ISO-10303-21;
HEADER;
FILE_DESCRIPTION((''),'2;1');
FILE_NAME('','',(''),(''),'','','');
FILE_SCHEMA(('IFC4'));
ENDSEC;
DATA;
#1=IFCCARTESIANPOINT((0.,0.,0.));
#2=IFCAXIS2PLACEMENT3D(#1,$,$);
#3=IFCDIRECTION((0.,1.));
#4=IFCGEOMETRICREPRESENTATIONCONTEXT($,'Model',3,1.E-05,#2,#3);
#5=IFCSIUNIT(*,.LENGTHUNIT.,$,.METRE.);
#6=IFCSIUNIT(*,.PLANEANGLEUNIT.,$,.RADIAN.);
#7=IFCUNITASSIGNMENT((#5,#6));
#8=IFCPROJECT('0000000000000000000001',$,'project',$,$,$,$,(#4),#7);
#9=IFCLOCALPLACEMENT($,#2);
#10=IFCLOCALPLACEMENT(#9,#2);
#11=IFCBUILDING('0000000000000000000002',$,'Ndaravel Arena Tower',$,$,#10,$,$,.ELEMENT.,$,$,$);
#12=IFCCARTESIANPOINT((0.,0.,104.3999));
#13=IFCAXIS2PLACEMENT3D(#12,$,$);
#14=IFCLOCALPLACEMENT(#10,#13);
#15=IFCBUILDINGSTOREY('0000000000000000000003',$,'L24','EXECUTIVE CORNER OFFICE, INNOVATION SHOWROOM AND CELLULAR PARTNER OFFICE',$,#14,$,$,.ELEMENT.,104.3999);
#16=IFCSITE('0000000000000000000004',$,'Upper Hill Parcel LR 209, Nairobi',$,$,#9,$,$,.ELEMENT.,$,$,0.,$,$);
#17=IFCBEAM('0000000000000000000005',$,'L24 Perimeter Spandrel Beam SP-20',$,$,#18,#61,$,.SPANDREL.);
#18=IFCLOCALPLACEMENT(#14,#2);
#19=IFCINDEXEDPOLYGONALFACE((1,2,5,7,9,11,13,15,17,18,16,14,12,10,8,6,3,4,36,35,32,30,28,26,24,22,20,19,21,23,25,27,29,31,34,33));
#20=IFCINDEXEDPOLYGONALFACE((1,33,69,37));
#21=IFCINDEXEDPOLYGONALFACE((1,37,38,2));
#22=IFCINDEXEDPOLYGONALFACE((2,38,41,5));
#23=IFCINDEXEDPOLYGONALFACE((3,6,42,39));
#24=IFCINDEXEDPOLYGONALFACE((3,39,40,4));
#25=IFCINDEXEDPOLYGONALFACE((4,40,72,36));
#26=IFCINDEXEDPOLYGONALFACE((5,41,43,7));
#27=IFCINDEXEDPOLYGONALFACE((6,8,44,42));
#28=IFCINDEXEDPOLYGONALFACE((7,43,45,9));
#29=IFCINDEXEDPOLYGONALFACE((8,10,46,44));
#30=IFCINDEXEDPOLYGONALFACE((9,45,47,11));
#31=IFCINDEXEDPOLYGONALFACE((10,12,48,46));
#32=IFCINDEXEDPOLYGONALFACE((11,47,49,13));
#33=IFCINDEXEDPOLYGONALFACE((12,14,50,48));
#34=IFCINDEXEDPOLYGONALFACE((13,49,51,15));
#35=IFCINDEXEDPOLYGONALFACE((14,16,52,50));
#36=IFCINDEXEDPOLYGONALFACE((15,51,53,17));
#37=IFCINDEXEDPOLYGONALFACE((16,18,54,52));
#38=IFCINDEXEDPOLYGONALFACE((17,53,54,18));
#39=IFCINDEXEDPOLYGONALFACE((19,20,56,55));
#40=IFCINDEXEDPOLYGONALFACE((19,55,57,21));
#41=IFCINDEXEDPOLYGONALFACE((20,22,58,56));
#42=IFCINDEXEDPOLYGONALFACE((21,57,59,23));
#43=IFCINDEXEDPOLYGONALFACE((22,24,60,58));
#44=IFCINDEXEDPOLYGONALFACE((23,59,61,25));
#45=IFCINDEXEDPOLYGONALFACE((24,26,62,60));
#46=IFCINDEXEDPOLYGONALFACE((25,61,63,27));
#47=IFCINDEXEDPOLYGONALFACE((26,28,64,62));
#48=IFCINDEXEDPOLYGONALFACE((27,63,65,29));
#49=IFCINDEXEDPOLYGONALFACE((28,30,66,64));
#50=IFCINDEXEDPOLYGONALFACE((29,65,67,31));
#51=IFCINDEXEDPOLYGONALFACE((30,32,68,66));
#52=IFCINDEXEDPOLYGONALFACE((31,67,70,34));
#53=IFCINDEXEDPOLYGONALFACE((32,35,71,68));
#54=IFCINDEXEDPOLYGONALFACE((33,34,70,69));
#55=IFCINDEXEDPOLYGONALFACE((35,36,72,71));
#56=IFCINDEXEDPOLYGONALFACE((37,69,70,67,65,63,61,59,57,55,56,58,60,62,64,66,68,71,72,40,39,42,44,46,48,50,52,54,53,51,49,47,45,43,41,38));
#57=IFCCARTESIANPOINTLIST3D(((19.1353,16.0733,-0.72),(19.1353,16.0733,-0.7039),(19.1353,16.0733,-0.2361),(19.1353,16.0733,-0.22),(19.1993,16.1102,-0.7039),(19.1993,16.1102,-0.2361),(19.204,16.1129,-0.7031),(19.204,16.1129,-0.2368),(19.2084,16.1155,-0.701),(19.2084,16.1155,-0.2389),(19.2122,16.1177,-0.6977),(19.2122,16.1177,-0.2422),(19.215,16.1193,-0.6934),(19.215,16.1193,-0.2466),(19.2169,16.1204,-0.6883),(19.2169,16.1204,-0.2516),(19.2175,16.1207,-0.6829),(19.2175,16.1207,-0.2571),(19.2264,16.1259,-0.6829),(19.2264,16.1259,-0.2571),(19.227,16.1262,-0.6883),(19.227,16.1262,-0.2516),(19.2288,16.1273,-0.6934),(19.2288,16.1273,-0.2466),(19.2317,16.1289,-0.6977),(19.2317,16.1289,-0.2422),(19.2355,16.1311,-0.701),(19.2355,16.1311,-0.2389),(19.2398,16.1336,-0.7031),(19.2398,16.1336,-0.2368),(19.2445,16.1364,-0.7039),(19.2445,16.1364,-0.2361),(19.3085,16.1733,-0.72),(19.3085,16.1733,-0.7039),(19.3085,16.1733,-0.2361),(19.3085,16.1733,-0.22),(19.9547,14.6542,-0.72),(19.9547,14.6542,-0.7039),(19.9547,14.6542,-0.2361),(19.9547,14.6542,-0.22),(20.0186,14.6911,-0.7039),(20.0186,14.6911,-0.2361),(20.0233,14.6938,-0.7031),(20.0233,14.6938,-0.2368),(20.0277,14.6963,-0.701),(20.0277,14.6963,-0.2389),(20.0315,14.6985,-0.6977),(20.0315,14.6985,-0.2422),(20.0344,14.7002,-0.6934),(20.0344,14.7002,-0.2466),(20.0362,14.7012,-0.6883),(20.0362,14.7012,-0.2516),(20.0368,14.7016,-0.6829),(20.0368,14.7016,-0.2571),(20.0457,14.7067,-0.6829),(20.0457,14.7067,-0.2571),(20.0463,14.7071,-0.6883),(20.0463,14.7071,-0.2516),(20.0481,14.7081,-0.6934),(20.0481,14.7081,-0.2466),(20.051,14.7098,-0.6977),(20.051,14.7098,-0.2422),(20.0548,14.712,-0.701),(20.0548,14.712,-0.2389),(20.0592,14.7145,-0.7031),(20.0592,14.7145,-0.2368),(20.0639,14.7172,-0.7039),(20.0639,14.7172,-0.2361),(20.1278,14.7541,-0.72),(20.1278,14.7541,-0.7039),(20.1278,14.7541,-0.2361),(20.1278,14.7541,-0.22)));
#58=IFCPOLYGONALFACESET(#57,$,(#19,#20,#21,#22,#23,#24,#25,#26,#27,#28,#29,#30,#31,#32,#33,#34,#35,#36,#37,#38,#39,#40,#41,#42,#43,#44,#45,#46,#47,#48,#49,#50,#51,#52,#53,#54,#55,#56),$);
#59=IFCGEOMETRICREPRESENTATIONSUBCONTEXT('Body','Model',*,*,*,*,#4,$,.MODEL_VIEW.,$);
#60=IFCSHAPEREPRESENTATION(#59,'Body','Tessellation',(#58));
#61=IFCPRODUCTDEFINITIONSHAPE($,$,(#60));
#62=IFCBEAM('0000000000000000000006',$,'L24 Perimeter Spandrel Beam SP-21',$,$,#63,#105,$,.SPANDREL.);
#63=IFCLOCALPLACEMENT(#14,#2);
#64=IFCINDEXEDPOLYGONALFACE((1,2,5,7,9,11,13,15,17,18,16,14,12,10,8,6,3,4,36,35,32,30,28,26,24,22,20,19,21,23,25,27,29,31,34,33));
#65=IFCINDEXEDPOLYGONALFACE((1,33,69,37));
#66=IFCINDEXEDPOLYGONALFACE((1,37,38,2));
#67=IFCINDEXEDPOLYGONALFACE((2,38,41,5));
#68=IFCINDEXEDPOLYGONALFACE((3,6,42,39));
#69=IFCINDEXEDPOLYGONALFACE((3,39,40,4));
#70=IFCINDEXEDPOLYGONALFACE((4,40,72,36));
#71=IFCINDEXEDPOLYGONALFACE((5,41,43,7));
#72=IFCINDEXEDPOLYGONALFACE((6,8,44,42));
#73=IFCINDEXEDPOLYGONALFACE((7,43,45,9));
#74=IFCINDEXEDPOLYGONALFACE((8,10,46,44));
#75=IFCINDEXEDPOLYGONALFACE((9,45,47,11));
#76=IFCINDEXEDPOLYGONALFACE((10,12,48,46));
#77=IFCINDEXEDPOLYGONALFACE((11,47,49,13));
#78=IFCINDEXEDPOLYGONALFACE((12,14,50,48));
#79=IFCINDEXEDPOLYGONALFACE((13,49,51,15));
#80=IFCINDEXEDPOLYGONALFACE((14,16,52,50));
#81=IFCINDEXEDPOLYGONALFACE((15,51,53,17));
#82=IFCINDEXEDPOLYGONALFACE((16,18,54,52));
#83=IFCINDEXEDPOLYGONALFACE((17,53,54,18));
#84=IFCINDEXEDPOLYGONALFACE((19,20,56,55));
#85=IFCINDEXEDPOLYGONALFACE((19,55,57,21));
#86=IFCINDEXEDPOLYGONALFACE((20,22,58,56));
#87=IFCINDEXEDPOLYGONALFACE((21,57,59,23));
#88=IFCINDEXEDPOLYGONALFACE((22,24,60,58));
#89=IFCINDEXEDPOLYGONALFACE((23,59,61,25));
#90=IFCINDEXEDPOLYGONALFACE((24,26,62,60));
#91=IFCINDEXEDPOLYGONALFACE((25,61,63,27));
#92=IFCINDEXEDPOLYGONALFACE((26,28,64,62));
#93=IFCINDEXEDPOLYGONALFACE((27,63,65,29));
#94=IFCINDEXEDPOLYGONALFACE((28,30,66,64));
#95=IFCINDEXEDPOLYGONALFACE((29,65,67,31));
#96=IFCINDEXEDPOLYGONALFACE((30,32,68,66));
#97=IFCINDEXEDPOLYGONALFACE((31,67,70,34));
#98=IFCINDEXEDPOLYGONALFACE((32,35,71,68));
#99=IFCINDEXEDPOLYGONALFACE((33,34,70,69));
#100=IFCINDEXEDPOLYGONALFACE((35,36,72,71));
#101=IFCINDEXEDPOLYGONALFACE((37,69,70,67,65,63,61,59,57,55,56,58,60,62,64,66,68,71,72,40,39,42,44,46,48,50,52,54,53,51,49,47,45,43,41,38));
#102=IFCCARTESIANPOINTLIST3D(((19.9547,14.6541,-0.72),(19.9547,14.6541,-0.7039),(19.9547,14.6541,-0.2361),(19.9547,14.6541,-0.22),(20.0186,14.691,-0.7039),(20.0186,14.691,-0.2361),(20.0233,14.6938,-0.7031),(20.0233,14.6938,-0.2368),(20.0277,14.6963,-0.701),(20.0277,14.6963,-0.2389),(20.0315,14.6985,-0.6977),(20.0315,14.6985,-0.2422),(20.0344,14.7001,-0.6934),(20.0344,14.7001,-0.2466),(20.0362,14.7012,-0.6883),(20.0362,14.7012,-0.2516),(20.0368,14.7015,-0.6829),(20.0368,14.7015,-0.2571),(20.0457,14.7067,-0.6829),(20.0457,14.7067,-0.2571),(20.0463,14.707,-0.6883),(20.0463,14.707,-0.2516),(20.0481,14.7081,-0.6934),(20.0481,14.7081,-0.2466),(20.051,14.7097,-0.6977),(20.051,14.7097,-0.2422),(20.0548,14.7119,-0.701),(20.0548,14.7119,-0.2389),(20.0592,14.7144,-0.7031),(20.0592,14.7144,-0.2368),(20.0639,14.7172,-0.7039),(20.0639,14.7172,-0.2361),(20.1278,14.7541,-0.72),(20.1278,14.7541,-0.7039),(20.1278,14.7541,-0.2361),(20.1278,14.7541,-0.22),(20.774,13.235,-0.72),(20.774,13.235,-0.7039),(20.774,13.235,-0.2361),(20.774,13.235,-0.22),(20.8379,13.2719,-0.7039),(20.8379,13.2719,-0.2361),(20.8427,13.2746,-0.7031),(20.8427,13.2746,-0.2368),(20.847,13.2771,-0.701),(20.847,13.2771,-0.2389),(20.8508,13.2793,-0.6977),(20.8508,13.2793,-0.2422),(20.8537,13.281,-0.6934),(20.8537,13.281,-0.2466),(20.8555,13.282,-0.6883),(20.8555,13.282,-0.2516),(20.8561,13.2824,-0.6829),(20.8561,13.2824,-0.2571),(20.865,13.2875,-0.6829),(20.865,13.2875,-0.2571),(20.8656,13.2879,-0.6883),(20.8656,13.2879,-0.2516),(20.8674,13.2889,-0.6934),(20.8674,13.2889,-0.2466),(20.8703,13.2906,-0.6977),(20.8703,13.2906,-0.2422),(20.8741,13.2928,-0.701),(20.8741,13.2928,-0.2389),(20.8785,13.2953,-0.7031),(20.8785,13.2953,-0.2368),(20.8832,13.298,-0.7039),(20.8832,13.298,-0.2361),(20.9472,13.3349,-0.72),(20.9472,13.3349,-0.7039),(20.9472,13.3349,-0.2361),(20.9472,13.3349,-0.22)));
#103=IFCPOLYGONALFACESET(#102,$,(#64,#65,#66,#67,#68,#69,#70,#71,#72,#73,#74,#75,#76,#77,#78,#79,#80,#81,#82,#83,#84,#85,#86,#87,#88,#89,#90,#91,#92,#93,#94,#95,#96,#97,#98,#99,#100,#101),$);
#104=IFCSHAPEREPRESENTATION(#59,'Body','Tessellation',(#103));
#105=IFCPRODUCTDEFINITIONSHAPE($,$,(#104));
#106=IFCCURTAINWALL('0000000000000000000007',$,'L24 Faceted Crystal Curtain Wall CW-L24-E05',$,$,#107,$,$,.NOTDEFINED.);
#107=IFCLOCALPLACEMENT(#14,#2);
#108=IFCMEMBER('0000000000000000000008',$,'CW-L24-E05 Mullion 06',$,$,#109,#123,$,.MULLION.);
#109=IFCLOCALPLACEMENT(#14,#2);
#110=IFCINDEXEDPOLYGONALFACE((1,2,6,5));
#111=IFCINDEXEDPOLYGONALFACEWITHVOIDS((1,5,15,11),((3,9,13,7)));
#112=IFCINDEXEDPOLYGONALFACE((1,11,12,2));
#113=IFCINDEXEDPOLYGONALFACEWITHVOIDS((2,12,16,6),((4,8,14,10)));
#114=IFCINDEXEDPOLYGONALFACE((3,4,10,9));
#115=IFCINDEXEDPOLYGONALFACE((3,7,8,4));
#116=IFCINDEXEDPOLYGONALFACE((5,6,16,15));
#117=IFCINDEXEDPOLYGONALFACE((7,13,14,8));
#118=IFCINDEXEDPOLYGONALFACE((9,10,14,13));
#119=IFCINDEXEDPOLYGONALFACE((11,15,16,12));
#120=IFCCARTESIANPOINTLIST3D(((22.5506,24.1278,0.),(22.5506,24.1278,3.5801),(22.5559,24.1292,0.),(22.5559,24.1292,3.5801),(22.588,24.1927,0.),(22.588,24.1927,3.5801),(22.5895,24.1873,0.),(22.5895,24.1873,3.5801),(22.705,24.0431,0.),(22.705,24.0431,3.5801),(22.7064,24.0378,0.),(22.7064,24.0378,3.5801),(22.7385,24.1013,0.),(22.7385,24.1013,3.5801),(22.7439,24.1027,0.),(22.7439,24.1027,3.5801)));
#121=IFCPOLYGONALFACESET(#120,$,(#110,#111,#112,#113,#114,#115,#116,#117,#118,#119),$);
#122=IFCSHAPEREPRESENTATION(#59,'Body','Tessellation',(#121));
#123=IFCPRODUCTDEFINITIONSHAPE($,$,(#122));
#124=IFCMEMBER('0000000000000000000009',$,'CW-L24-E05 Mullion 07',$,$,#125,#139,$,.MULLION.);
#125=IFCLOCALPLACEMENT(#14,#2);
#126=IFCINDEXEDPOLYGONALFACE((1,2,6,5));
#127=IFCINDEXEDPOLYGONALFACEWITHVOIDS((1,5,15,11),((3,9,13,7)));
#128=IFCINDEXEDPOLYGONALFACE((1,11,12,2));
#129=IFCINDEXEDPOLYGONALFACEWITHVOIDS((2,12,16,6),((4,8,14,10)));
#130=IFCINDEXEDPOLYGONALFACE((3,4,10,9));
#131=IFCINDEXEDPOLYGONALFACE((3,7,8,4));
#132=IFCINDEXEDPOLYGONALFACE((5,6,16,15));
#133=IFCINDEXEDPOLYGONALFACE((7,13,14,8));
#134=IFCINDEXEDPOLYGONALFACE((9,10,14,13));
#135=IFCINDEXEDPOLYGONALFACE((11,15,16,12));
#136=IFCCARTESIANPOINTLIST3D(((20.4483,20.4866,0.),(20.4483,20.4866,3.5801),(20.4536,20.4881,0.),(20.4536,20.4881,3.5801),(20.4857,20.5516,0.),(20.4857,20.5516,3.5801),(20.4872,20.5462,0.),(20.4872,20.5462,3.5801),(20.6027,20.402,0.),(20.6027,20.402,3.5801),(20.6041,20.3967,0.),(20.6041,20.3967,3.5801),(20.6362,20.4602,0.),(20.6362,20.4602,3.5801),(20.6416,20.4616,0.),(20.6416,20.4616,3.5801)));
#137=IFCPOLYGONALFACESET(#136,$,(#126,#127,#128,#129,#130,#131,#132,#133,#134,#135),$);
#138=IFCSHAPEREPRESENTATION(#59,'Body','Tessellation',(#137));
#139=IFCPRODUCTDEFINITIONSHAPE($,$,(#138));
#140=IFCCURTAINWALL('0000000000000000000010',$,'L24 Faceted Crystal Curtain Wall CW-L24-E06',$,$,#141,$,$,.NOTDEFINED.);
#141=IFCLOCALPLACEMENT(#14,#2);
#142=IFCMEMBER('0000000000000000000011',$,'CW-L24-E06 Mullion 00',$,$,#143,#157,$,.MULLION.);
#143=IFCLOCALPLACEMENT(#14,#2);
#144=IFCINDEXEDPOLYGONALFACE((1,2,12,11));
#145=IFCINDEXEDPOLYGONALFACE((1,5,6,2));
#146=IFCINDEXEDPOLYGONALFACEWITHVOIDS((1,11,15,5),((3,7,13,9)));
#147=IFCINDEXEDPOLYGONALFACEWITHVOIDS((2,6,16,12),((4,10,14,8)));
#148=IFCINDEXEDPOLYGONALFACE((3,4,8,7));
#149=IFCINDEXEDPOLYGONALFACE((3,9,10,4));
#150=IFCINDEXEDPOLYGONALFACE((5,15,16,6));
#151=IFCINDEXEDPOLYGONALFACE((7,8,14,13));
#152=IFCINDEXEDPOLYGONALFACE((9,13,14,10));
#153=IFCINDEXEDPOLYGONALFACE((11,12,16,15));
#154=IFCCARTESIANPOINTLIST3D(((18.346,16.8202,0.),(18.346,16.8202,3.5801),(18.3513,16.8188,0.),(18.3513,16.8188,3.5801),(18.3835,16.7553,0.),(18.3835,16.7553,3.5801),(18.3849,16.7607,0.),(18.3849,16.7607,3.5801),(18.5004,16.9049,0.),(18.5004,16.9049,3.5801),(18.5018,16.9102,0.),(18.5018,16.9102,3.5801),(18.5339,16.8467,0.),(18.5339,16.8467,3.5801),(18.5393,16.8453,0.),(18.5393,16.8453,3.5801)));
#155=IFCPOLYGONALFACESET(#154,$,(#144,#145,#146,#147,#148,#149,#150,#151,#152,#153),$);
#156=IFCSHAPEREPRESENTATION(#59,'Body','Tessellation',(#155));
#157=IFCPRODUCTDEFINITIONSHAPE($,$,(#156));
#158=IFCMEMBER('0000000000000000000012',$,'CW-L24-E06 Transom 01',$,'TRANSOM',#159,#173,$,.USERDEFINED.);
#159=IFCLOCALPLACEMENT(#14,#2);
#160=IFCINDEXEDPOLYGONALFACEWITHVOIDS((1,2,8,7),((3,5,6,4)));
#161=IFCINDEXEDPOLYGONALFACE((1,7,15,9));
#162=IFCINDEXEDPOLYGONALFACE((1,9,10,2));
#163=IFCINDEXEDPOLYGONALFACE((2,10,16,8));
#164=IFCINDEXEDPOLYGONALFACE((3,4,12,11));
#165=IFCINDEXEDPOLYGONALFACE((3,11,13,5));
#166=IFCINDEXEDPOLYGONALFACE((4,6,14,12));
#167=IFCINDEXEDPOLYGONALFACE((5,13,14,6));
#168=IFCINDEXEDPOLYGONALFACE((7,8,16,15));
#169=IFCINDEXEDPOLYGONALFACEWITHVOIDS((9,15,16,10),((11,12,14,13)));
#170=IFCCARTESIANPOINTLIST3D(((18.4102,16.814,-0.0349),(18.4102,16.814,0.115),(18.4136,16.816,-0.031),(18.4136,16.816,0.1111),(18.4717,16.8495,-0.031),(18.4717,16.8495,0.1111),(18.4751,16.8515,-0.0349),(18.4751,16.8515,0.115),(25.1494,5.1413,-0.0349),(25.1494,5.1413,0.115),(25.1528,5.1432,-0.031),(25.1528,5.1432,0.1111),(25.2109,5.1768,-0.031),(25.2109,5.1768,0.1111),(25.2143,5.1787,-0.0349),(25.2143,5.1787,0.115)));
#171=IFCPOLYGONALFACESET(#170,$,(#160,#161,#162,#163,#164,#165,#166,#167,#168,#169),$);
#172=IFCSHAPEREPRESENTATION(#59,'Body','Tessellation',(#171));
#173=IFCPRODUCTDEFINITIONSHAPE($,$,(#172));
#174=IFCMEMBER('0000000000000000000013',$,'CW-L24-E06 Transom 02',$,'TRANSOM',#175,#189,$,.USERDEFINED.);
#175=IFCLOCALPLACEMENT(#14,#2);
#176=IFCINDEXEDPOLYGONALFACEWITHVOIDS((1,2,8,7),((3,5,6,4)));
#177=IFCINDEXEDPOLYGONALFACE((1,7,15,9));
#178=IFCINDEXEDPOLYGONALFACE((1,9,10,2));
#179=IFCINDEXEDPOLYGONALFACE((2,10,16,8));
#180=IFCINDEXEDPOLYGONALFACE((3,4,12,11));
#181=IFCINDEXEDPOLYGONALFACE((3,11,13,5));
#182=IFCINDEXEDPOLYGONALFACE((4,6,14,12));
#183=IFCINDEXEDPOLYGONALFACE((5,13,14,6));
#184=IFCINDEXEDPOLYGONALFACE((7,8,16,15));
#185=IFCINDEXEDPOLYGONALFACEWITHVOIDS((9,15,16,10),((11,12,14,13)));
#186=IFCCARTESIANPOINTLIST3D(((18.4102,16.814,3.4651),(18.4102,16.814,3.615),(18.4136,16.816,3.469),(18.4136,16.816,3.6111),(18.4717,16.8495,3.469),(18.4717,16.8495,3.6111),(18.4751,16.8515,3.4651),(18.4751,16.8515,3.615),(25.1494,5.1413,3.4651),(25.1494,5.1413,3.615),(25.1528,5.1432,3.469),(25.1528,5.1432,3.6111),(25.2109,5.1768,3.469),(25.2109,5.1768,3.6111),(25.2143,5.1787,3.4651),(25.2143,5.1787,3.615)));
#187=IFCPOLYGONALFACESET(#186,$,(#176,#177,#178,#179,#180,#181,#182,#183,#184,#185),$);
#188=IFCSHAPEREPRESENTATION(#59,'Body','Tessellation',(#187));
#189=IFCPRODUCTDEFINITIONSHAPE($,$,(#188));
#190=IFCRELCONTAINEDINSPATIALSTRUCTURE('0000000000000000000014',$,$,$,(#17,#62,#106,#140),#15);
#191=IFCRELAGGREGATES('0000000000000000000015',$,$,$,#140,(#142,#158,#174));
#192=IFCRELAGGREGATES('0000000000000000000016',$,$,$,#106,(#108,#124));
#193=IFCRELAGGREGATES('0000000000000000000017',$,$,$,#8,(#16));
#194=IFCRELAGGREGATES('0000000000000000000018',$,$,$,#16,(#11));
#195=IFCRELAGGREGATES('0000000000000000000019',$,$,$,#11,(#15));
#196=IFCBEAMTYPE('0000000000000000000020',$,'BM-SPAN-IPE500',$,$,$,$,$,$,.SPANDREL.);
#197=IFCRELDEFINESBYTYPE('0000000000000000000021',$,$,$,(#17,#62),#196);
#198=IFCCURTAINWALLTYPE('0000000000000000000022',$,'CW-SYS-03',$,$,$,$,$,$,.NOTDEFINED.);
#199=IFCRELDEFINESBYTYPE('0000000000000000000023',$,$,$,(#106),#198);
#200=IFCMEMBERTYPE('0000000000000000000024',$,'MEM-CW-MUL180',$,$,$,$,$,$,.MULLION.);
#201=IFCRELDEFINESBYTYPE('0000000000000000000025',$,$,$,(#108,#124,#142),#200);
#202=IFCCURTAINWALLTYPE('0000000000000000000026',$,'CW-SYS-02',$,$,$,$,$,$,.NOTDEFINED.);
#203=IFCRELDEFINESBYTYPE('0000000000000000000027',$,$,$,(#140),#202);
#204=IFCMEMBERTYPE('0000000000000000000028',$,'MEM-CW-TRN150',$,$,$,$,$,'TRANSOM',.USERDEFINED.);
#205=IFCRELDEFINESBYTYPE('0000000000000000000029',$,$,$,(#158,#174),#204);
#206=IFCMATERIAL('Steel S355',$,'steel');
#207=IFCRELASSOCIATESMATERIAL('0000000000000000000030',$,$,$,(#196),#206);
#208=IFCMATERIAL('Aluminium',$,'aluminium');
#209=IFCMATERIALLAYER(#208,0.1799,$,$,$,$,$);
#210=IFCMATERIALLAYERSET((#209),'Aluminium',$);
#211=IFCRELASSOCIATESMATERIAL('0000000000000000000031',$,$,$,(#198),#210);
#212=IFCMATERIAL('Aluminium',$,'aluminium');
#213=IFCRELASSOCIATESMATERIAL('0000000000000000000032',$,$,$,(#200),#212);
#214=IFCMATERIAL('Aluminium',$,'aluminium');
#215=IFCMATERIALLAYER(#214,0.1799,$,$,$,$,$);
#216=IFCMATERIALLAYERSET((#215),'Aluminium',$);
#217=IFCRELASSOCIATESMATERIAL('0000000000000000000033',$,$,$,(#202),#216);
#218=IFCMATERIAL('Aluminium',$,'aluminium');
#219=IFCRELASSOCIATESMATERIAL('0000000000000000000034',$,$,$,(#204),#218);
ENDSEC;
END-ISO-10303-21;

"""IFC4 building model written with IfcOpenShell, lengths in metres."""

from ifc_helpers import new_model, si_unit, direction, frame, origin, origin_2d, place, context, subcontext, project, spatial, hollow_rectangle, i_section, extrude, material, layer, layer_set, material_profile, profile_set, type_object, element, aggregate, save


model = new_model("IFC4")

# Units and contexts
model_context = context("Model", 3, precision=1e-05, world=origin(), true_north=direction((0.0, 1.0)))
body_context = subcontext(model_context, "Body", "Model", "MODEL_VIEW")
ifc_project = project(units=[si_unit("LENGTHUNIT", "METRE"), si_unit("PLANEANGLEUNIT", "RADIAN")], contexts=[model_context])

# Site, building, storey
site_placement = place(None, origin())
site = spatial("IfcSite", under=ifc_project, at=site_placement, Name="Upper Hill Parcel LR 209, Nairobi", CompositionType="ELEMENT", RefElevation=0.0)
building_placement = place(site_placement, origin())
building = spatial("IfcBuilding", under=site, at=building_placement, Name="Ndaravel Arena Tower", CompositionType="ELEMENT")
storey_placement = place(building_placement, frame((0.0, 0.0, 104.3999)))
storey = spatial("IfcBuildingStorey", under=building, at=storey_placement, Name="L24", Description="EXECUTIVE CORNER OFFICE, INNOVATION SHOWROOM AND CELLULAR PARTNER OFFICE", CompositionType="ELEMENT", Elevation=104.3999)

# Beams
ifc_material_1 = material(Name="Steel S355", Category="steel")
ifc_material_profile_1 = material_profile(ifc_material_1, i_section(OverallWidth=0.2, OverallDepth=0.5, WebThickness=0.0103, FlangeThickness=0.0161, FilletRadius=0.021, at=origin_2d()), Name="IPE 500")
ifc_profile_set_1 = profile_set([ifc_material_profile_1], Name="Steel S355")
beam_type_1 = type_object("IfcBeamType", Name="BM-SPAN-IPE500", PredefinedType="SPANDREL", material=ifc_profile_set_1)
for number, where, z_axis, x_axis, name in (
    (1, (19.2219, 16.1233, -0.47), (0.499985, -0.866034, 0.0), (0.866034, 0.499985, 0.0), "L24 Perimeter Spandrel Beam SP-20"),
    (2, (20.0413, 14.7041, -0.47), (0.499985, -0.866034, 0.0), (0.866034, 0.499985, 0.0), "L24 Perimeter Spandrel Beam SP-21"),
):
    element("IfcBeam", number, at=place(storey_placement, frame(where, z_axis=z_axis, x_axis=x_axis)), inside=storey, type_object=beam_type_1, Name=name, PredefinedType="SPANDREL", context=body_context, shape_type="SweptSolid", body=[
        extrude(i_section(OverallWidth=0.2, OverallDepth=0.5, WebThickness=0.0103, FlangeThickness=0.0161, FilletRadius=0.021, at=origin_2d()), origin(), (0.0, 0.0, 1.0), 1.6387),
    ])

# Curtain wall, members
ifc_material_2 = material(Name="Aluminium", Category="aluminium")
ifc_layer_1 = layer(ifc_material_2, 0.1799)
ifc_layer_set_1 = layer_set([ifc_layer_1], Name="Aluminium")
curtain_wall_type_1 = type_object("IfcCurtainWallType", Name="CW-SYS-03", PredefinedType="NOTDEFINED", material=ifc_layer_set_1)
curtain_wall_1_placement = place(storey_placement, origin())
curtain_wall_1 = element("IfcCurtainWall", 3, at=curtain_wall_1_placement, inside=storey, type_object=curtain_wall_type_1, Name="L24 Faceted Crystal Curtain Wall CW-L24-E05", PredefinedType="NOTDEFINED")
ifc_material_3 = material(Name="Aluminium", Category="aluminium")
ifc_material_profile_2 = material_profile(ifc_material_3, hollow_rectangle(XDim=0.075, YDim=0.1799, WallThickness=0.0039, at=origin_2d()), Name="CW MULLION 75x180x4")
ifc_profile_set_2 = profile_set([ifc_material_profile_2], Name="Aluminium")
member_type_1 = type_object("IfcMemberType", Name="MEM-CW-MUL180", PredefinedType="MULLION", material=ifc_profile_set_2)
member_1_placement = place(storey_placement, frame((22.6472, 24.1152, 0.0), z_axis=(0.0, 0.0, 1.0), x_axis=(-0.5, -0.866025, 0.0)))
member_1 = element("IfcMember", 4, at=member_1_placement, type_object=member_type_1, Name="CW-L24-E05 Mullion 06", PredefinedType="MULLION", context=body_context, shape_type="SweptSolid", body=[
    extrude(hollow_rectangle(XDim=0.075, YDim=0.1799, WallThickness=0.0039, at=origin_2d()), origin(), (0.0, 0.0, 1.0), 3.5801),
])
member_2_placement = place(storey_placement, frame((20.5449, 20.4741, 0.0), z_axis=(0.0, 0.0, 1.0), x_axis=(-0.5, -0.866025, 0.0)))
member_2 = element("IfcMember", 5, at=member_2_placement, type_object=member_type_1, Name="CW-L24-E05 Mullion 07", PredefinedType="MULLION", context=body_context, shape_type="SweptSolid", body=[
    extrude(hollow_rectangle(XDim=0.075, YDim=0.1799, WallThickness=0.0039, at=origin_2d()), origin(), (0.0, 0.0, 1.0), 3.5801),
])

# Curtain wall, members
ifc_material_4 = material(Name="Aluminium", Category="aluminium")
ifc_layer_2 = layer(ifc_material_4, 0.1799)
ifc_layer_set_2 = layer_set([ifc_layer_2], Name="Aluminium")
curtain_wall_type_2 = type_object("IfcCurtainWallType", Name="CW-SYS-02", PredefinedType="NOTDEFINED", material=ifc_layer_set_2)
curtain_wall_2_placement = place(storey_placement, origin())
curtain_wall_2 = element("IfcCurtainWall", 6, at=curtain_wall_2_placement, inside=storey, type_object=curtain_wall_type_2, Name="L24 Faceted Crystal Curtain Wall CW-L24-E06", PredefinedType="NOTDEFINED")
member_3_placement = place(storey_placement, frame((18.4426, 16.8328, 0.0), z_axis=(0.0, 0.0, 1.0), x_axis=(0.5, -0.866025, 0.0)))
member_3 = element("IfcMember", 7, at=member_3_placement, type_object=member_type_1, Name="CW-L24-E06 Mullion 00", PredefinedType="MULLION", context=body_context, shape_type="SweptSolid", body=[
    extrude(hollow_rectangle(XDim=0.075, YDim=0.1799, WallThickness=0.0039, at=origin_2d()), origin(), (0.0, 0.0, 1.0), 3.5801),
])
ifc_material_5 = material(Name="Aluminium", Category="aluminium")
ifc_material_profile_3 = material_profile(ifc_material_5, hollow_rectangle(XDim=0.075, YDim=0.1499, WallThickness=0.0039, at=origin_2d()), Name="CW TRANSOM 75x150x4")
ifc_profile_set_3 = profile_set([ifc_material_profile_3], Name="Aluminium")
member_type_2 = type_object("IfcMemberType", Name="MEM-CW-TRN150", ElementType="TRANSOM", PredefinedType="USERDEFINED", material=ifc_profile_set_3)
member_4_placement = place(storey_placement, frame((18.4426, 16.8328, 0.04), z_axis=(0.499996, -0.866028, 0.0), x_axis=(0.866028, 0.499996, 0.0)))
member_4 = element("IfcMember", 8, at=member_4_placement, type_object=member_type_2, Name="CW-L24-E06 Transom 01", ObjectType="TRANSOM", PredefinedType="USERDEFINED", context=body_context, shape_type="SweptSolid", body=[
    extrude(hollow_rectangle(XDim=0.075, YDim=0.1499, WallThickness=0.0039, at=origin_2d()), origin(), (0.0, 0.0, 1.0), 13.4785),
])
member_5_placement = place(storey_placement, frame((18.4426, 16.8328, 3.54), z_axis=(0.499996, -0.866028, 0.0), x_axis=(0.866028, 0.499996, 0.0)))
member_5 = element("IfcMember", 9, at=member_5_placement, type_object=member_type_2, Name="CW-L24-E06 Transom 02", ObjectType="TRANSOM", PredefinedType="USERDEFINED", context=body_context, shape_type="SweptSolid", body=[
    extrude(hollow_rectangle(XDim=0.075, YDim=0.1499, WallThickness=0.0039, at=origin_2d()), origin(), (0.0, 0.0, 1.0), 13.4785),
])
aggregate(curtain_wall_2, [member_3, member_4, member_5])

aggregate(curtain_wall_1, [member_1, member_2])

save(model, "model.ifc")
